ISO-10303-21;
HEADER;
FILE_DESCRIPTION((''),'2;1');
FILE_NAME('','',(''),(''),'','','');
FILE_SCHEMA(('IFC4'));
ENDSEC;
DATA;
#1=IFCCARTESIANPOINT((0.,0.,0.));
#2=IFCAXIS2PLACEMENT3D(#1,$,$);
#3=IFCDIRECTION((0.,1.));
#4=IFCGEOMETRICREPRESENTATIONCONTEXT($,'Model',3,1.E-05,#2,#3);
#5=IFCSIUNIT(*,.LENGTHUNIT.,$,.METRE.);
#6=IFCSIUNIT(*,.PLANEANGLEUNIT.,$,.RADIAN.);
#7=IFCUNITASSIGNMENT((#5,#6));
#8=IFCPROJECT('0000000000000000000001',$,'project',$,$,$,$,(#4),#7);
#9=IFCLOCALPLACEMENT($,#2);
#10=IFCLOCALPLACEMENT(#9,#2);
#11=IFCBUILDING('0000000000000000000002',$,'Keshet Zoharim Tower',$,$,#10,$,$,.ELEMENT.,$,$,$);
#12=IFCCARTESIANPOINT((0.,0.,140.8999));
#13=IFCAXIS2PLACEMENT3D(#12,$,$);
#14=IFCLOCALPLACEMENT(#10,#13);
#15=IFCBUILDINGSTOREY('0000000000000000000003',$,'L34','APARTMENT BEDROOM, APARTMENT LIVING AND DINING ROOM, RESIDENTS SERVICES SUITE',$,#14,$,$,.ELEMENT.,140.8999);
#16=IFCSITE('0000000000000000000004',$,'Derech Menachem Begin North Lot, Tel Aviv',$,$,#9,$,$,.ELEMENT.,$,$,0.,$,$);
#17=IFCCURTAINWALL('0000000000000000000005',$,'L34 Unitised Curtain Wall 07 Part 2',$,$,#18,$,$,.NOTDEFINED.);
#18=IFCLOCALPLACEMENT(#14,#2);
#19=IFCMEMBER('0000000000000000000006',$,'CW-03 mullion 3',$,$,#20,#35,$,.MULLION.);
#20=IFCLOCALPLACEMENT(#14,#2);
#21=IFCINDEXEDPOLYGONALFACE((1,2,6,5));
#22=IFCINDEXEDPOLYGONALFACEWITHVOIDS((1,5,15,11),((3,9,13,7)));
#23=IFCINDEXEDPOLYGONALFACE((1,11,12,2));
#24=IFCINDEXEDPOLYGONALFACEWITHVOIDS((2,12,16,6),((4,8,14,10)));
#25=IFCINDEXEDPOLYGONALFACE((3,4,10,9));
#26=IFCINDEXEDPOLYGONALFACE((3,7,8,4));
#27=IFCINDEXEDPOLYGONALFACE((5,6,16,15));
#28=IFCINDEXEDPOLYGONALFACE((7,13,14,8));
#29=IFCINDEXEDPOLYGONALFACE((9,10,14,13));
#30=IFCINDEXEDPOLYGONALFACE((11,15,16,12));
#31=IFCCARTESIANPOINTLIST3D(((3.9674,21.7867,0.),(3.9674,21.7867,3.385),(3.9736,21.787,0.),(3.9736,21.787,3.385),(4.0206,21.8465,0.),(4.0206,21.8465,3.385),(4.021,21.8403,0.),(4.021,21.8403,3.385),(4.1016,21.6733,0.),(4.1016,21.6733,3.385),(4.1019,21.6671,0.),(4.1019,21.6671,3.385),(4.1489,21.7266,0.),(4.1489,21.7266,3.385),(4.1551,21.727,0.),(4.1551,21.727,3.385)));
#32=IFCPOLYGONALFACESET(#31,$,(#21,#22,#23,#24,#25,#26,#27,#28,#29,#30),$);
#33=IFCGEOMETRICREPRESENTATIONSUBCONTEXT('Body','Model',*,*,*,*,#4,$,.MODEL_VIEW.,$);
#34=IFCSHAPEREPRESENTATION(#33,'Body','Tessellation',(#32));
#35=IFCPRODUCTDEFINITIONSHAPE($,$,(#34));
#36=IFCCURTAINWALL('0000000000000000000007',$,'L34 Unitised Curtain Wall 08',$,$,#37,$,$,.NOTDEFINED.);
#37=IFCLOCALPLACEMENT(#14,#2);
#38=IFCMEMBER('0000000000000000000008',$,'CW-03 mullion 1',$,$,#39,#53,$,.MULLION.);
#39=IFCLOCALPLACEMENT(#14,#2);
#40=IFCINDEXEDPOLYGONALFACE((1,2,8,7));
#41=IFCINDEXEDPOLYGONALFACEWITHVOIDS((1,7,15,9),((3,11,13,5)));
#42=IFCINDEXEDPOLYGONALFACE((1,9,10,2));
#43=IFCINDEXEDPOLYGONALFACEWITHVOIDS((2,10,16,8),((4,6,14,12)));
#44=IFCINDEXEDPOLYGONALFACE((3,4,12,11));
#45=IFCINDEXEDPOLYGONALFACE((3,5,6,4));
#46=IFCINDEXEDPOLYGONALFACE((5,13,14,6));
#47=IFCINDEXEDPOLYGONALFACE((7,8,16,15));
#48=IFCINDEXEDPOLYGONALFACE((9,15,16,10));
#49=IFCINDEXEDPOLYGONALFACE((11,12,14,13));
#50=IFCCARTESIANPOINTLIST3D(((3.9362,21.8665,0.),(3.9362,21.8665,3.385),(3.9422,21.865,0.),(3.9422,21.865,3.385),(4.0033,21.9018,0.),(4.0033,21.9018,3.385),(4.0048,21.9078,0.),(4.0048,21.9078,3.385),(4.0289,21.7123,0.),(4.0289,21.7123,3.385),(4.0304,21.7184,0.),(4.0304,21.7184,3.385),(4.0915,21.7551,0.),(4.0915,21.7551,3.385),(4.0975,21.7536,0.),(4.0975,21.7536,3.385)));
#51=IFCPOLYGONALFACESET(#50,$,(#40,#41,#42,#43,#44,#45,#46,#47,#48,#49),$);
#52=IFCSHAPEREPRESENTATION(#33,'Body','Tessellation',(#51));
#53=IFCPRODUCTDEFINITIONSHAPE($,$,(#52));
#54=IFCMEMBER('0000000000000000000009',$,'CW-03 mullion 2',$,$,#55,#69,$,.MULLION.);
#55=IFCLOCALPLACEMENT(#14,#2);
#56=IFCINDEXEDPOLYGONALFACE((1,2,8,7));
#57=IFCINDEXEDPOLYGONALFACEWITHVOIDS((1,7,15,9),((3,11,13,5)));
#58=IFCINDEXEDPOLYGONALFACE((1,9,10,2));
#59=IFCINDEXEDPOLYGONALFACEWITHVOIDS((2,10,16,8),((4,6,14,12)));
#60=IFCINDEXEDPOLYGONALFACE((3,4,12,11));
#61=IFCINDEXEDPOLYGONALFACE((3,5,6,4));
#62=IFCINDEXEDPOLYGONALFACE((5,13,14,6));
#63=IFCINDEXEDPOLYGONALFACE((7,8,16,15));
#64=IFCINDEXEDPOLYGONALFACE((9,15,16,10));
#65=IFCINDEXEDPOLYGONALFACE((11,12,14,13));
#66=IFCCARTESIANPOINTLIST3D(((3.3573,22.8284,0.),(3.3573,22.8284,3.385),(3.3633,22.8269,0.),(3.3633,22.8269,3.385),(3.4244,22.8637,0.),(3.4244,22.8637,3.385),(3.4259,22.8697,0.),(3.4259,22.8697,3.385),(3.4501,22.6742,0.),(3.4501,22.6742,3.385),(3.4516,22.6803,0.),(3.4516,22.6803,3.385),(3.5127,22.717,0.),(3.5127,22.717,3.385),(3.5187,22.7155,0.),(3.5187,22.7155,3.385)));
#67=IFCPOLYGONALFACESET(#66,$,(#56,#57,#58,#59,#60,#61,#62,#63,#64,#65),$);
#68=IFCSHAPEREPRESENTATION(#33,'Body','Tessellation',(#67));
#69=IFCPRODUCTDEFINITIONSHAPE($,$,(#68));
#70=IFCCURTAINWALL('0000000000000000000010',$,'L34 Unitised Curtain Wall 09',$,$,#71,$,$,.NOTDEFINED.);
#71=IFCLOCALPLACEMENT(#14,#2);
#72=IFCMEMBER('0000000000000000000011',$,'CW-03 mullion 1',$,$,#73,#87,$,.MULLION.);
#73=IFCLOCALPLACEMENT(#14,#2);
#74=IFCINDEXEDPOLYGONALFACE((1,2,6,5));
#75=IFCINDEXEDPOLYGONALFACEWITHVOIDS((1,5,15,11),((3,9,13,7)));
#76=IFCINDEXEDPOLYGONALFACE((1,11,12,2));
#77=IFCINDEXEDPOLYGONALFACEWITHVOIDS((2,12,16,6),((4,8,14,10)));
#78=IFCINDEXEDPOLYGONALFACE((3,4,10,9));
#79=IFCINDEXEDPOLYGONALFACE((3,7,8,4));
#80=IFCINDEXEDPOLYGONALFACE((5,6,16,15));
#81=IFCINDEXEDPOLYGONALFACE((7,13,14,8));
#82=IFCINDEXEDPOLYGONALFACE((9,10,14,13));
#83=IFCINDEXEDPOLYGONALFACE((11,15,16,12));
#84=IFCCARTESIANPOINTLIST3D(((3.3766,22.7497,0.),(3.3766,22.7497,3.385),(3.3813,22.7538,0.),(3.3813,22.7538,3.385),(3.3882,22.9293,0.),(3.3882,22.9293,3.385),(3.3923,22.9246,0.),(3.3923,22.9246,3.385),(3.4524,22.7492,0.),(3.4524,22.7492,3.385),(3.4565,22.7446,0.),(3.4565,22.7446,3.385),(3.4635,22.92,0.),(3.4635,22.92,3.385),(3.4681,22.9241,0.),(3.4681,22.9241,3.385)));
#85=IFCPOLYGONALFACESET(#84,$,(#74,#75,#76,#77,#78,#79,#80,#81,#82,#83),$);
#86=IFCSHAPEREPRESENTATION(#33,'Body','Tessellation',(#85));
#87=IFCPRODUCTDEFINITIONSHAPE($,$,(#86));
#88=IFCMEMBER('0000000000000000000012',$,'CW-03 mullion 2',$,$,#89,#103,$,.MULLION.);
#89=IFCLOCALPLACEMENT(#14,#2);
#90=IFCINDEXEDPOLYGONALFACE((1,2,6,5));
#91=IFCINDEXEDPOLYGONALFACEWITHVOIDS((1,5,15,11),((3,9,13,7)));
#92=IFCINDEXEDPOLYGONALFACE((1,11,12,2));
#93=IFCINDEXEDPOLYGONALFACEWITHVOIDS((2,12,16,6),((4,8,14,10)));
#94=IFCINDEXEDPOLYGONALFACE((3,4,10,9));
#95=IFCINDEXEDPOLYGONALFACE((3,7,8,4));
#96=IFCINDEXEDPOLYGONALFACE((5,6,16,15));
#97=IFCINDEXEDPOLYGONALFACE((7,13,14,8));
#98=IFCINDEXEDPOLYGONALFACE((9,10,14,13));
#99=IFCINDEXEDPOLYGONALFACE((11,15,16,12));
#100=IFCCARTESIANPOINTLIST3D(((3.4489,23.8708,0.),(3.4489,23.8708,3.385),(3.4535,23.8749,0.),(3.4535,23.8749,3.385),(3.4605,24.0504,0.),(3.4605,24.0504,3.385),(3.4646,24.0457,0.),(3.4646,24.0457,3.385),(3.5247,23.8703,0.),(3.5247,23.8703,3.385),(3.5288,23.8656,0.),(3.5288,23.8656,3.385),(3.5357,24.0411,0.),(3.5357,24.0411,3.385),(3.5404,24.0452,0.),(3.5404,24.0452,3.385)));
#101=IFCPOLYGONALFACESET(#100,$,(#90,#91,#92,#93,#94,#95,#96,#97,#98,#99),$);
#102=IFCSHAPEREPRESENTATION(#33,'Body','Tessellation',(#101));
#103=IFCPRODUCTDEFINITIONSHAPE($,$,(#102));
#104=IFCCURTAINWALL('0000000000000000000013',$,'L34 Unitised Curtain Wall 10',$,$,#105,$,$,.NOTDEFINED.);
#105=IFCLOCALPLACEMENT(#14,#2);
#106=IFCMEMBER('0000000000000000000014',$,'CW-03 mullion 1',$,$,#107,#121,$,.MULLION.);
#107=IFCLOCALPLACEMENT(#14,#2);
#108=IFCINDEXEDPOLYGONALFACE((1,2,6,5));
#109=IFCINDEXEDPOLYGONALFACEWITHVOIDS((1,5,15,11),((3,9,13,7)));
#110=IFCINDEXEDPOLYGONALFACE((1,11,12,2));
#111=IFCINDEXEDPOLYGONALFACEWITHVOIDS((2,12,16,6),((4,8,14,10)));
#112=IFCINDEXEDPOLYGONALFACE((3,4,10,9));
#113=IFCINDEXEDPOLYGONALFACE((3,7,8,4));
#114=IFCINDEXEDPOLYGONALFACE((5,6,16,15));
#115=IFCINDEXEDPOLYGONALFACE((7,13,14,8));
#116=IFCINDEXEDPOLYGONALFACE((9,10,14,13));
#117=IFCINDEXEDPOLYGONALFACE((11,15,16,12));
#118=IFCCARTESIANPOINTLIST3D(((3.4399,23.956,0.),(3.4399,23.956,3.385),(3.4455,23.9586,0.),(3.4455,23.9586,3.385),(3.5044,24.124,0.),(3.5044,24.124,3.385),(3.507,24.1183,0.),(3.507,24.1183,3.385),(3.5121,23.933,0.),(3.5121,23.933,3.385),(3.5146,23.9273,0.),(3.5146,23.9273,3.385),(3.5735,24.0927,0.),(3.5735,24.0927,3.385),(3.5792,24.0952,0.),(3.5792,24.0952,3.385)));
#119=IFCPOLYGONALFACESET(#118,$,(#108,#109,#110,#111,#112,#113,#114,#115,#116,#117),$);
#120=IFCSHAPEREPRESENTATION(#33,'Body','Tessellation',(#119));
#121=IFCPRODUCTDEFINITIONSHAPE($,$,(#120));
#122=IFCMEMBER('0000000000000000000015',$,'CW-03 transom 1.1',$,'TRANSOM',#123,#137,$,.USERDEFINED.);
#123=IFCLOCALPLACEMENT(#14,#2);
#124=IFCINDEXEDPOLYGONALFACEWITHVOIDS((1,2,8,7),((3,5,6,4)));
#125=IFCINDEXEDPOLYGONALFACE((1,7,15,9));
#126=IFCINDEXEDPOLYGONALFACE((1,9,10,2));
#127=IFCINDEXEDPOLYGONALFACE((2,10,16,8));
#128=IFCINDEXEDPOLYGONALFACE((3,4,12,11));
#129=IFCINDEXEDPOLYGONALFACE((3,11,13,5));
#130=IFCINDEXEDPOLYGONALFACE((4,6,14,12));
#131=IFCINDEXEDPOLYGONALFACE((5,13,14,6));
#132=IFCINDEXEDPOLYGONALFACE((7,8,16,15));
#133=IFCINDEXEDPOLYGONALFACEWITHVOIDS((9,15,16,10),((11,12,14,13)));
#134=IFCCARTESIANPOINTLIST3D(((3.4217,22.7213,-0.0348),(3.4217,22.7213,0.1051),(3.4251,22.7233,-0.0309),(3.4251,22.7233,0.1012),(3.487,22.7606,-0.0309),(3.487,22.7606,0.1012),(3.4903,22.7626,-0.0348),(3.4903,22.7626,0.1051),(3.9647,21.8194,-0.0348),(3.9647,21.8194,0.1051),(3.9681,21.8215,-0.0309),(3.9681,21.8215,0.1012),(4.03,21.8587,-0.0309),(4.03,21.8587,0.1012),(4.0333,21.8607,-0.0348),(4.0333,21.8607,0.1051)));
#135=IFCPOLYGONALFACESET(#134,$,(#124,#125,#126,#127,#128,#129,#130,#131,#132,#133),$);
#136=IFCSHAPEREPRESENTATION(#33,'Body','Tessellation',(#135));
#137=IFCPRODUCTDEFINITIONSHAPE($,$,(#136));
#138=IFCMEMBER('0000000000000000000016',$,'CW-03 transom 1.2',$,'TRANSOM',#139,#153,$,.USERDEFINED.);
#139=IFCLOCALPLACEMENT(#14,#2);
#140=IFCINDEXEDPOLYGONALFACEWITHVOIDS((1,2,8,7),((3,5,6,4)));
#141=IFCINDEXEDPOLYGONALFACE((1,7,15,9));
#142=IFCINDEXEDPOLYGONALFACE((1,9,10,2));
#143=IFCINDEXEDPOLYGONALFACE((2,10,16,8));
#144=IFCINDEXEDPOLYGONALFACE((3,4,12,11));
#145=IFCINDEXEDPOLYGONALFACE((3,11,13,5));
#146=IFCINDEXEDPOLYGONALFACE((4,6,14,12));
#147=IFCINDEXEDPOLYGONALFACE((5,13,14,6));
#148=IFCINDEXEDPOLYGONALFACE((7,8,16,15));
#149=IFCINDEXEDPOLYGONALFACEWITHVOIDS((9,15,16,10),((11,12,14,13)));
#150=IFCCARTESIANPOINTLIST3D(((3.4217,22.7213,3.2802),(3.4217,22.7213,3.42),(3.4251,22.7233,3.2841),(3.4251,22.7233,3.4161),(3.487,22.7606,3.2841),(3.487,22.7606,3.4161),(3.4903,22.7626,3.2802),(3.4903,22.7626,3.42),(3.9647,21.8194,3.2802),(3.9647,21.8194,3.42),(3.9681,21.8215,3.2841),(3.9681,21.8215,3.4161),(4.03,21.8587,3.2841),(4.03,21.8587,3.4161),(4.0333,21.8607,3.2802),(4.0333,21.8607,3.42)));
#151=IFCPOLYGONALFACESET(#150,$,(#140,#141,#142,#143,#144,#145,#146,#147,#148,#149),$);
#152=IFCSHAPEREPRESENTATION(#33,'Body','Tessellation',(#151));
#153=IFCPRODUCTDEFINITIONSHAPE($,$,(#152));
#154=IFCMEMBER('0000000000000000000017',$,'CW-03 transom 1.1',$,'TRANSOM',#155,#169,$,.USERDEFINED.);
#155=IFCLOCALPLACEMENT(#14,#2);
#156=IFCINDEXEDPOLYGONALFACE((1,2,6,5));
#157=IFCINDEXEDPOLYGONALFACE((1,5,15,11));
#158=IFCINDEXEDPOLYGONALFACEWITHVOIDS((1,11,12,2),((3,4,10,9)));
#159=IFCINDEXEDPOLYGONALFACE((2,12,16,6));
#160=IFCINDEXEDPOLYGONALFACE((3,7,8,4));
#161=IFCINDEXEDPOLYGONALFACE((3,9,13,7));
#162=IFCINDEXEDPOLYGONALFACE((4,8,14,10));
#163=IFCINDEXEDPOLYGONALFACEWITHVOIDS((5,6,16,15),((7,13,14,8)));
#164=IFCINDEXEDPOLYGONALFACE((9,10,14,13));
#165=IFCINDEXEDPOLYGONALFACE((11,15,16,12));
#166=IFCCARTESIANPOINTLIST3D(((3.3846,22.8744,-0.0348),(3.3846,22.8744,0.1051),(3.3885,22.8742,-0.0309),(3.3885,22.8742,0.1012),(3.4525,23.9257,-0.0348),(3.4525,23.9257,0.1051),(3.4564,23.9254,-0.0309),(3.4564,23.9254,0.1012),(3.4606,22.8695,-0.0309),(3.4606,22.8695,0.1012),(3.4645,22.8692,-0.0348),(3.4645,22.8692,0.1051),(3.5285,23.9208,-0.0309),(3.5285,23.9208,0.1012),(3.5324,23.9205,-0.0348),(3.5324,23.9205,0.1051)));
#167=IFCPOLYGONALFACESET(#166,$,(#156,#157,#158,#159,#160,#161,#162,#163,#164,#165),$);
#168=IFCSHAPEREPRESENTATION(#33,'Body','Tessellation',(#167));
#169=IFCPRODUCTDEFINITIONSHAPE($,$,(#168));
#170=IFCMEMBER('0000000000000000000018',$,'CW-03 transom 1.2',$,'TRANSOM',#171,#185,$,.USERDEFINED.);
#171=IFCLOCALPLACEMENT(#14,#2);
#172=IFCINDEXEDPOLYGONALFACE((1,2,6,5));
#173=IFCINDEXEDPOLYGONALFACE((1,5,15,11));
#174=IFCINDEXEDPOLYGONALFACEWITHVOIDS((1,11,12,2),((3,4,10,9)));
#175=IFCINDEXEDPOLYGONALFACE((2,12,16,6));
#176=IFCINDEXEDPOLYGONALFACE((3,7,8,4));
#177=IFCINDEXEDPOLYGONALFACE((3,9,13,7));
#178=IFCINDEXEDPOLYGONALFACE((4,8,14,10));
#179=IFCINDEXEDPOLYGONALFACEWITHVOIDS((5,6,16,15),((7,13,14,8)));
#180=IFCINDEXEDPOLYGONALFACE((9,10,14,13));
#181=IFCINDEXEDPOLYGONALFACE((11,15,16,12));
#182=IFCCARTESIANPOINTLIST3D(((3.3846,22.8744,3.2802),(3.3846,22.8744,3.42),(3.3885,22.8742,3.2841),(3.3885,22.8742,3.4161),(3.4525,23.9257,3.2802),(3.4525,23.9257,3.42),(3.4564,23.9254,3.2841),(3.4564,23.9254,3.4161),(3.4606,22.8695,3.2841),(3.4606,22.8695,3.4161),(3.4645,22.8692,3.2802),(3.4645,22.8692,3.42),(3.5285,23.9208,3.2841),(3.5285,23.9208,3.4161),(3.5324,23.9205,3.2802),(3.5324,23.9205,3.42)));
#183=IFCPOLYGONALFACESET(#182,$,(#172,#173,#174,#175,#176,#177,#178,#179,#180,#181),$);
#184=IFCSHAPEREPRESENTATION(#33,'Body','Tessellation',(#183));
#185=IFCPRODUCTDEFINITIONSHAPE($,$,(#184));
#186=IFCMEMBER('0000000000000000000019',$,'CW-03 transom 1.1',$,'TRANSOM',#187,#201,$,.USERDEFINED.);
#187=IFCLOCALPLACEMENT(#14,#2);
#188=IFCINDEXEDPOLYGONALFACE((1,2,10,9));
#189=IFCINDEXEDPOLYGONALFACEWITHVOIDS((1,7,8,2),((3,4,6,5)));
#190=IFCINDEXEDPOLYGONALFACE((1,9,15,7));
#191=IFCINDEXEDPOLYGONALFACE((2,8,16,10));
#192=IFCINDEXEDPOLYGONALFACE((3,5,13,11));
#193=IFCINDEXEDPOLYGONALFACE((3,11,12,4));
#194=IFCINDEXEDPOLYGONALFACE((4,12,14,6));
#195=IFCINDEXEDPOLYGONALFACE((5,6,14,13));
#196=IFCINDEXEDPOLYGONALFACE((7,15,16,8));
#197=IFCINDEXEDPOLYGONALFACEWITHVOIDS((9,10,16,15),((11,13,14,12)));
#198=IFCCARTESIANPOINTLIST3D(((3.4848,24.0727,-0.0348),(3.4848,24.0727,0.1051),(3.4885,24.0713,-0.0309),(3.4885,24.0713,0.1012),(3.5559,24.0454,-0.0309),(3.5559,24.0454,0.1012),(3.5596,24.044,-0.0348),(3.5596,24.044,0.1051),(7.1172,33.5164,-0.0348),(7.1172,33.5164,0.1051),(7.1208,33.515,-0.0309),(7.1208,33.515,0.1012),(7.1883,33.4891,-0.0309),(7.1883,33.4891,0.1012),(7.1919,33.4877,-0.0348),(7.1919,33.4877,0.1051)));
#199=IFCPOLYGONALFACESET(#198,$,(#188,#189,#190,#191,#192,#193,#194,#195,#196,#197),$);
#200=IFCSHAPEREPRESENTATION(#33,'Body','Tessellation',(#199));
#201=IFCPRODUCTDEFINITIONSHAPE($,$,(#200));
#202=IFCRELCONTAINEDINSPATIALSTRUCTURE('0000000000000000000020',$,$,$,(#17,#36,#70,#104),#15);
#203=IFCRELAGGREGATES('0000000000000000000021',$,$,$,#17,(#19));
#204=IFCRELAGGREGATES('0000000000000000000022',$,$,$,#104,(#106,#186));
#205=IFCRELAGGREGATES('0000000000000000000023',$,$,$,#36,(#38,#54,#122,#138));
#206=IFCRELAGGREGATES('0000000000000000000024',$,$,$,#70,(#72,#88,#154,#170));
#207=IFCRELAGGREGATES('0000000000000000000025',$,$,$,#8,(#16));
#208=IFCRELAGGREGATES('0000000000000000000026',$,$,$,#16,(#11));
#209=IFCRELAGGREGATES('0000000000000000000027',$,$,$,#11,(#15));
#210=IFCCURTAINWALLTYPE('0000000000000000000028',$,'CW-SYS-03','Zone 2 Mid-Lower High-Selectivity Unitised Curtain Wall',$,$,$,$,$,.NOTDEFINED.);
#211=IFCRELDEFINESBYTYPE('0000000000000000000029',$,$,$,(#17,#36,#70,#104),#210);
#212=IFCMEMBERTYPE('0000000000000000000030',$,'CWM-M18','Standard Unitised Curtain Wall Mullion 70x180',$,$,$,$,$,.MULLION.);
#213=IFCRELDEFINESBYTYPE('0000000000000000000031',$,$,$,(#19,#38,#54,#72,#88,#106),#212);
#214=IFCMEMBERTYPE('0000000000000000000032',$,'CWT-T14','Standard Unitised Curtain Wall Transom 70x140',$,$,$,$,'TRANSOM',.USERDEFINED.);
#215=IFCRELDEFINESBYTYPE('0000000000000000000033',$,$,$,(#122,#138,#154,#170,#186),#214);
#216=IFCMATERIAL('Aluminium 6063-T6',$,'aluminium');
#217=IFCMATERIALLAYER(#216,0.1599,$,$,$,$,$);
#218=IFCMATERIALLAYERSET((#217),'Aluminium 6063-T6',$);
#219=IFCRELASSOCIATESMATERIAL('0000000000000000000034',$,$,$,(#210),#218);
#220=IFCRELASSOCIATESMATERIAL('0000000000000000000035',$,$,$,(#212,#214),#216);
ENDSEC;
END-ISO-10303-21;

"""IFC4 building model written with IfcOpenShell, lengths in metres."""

from ifc_helpers import new_model, si_unit, direction, frame, origin, origin_2d, place, context, subcontext, project, spatial, hollow_rectangle, extrude, material, layer, layer_set, material_profile, profile_set, type_object, element, aggregate, save


model = new_model("IFC4")

# Units and contexts
model_context = context("Model", 3, precision=1e-05, world=origin(), true_north=direction((0.0, 1.0)))
body_context = subcontext(model_context, "Body", "Model", "MODEL_VIEW")
ifc_project = project(units=[si_unit("LENGTHUNIT", "METRE"), si_unit("PLANEANGLEUNIT", "RADIAN")], contexts=[model_context])

# Site, building, storey
site_placement = place(None, origin())
site = spatial("IfcSite", under=ifc_project, at=site_placement, Name="Derech Menachem Begin North Lot, Tel Aviv", CompositionType="ELEMENT", RefElevation=0.0)
building_placement = place(site_placement, origin())
building = spatial("IfcBuilding", under=site, at=building_placement, Name="Keshet Zoharim Tower", CompositionType="ELEMENT")
storey_placement = place(building_placement, frame((0.0, 0.0, 140.8999)))
storey = spatial("IfcBuildingStorey", under=building, at=storey_placement, Name="L34", Description="APARTMENT BEDROOM, APARTMENT LIVING AND DINING ROOM, RESIDENTS SERVICES SUITE", CompositionType="ELEMENT", Elevation=140.8999)

# Curtain wall, member
ifc_material_1 = material(Name="Aluminium 6063-T6", Category="aluminium")
ifc_layer_1 = layer(ifc_material_1, 0.1599)
ifc_layer_set_1 = layer_set([ifc_layer_1], Name="Aluminium 6063-T6")
curtain_wall_type = type_object("IfcCurtainWallType", Name="CW-SYS-03", Description="Zone 2 Mid-Lower High-Selectivity Unitised Curtain Wall", PredefinedType="NOTDEFINED", material=ifc_layer_set_1)
curtain_wall_1_placement = place(storey_placement, origin())
curtain_wall_1 = element("IfcCurtainWall", 1, at=curtain_wall_1_placement, inside=storey, type_object=curtain_wall_type, Name="L34 Unitised Curtain Wall 07 Part 2", PredefinedType="NOTDEFINED")
ifc_material_profile_1 = material_profile(ifc_material_1, hollow_rectangle(XDim=0.0801, YDim=0.1799, WallThickness=0.0044, at=origin_2d()), Name="MUL-80x180")
ifc_profile_set_1 = profile_set([ifc_material_profile_1], Name="Aluminium 6063-T6")
member_type_1 = type_object("IfcMemberType", Name="CWM-M18", Description="Standard Unitised Curtain Wall Mullion 70x180", PredefinedType="MULLION", material=ifc_profile_set_1)
member_1_placement = place(storey_placement, frame((4.0613, 21.7568, 0.0), z_axis=(0.0, 0.0, 1.0), x_axis=(-0.664364, -0.74741, 0.0)))
member_1 = element("IfcMember", 2, at=member_1_placement, type_object=member_type_1, Name="CW-03 mullion 3", PredefinedType="MULLION", context=body_context, shape_type="SweptSolid", body=[
    extrude(hollow_rectangle(XDim=0.0801, YDim=0.1799, WallThickness=0.0044, at=origin_2d()), origin(), (0.0, 0.0, 1.0), 3.385),
])
aggregate(curtain_wall_1, [member_1])

# Curtain walls, members
curtain_wall_2_placement = place(storey_placement, origin())
curtain_wall_2 = element("IfcCurtainWall", 3, at=curtain_wall_2_placement, inside=storey, type_object=curtain_wall_type, Name="L34 Unitised Curtain Wall 08", PredefinedType="NOTDEFINED")
member_2_placement = place(storey_placement, frame((4.0168, 21.8101, 0.0), z_axis=(0.0, 0.0, 1.0), x_axis=(-0.856826, -0.515605, 0.0)))
member_2 = element("IfcMember", 4, at=member_2_placement, type_object=member_type_1, Name="CW-03 mullion 1", PredefinedType="MULLION", context=body_context, shape_type="SweptSolid", body=[
    extrude(hollow_rectangle(XDim=0.0801, YDim=0.1799, WallThickness=0.0044, at=origin_2d()), origin(), (0.0, 0.0, 1.0), 3.385),
])
member_3_placement = place(storey_placement, frame((3.438, 22.772, 0.0), z_axis=(0.0, 0.0, 1.0), x_axis=(-0.856826, -0.515605, 0.0)))
member_3 = element("IfcMember", 5, at=member_3_placement, type_object=member_type_1, Name="CW-03 mullion 2", PredefinedType="MULLION", context=body_context, shape_type="SweptSolid", body=[
    extrude(hollow_rectangle(XDim=0.0801, YDim=0.1799, WallThickness=0.0044, at=origin_2d()), origin(), (0.0, 0.0, 1.0), 3.385),
])
curtain_wall_3_placement = place(storey_placement, origin())
curtain_wall_3 = element("IfcCurtainWall", 6, at=curtain_wall_3_placement, inside=storey, type_object=curtain_wall_type, Name="L34 Unitised Curtain Wall 09", PredefinedType="NOTDEFINED")
member_4_placement = place(storey_placement, frame((3.4224, 22.8369, 0.0), z_axis=(0.0, 0.0, 1.0), x_axis=(-0.997917, 0.064517, 0.0)))
member_4 = element("IfcMember", 7, at=member_4_placement, type_object=member_type_1, Name="CW-03 mullion 1", PredefinedType="MULLION", context=body_context, shape_type="SweptSolid", body=[
    extrude(hollow_rectangle(XDim=0.0801, YDim=0.1799, WallThickness=0.0044, at=origin_2d()), origin(), (0.0, 0.0, 1.0), 3.385),
])
member_5_placement = place(storey_placement, frame((3.4946, 23.958, 0.0), z_axis=(0.0, 0.0, 1.0), x_axis=(-0.997917, 0.064517, 0.0)))
member_5 = element("IfcMember", 8, at=member_5_placement, type_object=member_type_1, Name="CW-03 mullion 2", PredefinedType="MULLION", context=body_context, shape_type="SweptSolid", body=[
    extrude(hollow_rectangle(XDim=0.0801, YDim=0.1799, WallThickness=0.0044, at=origin_2d()), origin(), (0.0, 0.0, 1.0), 3.385),
])

# Curtain wall, member
curtain_wall_4_placement = place(storey_placement, origin())
curtain_wall_4 = element("IfcCurtainWall", 9, at=curtain_wall_4_placement, inside=storey, type_object=curtain_wall_type, Name="L34 Unitised Curtain Wall 10", PredefinedType="NOTDEFINED")
member_6_placement = place(storey_placement, frame((3.5095, 24.0256, 0.0), z_axis=(0.0, 0.0, 1.0), x_axis=(-0.933341, 0.35899, 0.0)))
member_6 = element("IfcMember", 10, at=member_6_placement, type_object=member_type_1, Name="CW-03 mullion 1", PredefinedType="MULLION", context=body_context, shape_type="SweptSolid", body=[
    extrude(hollow_rectangle(XDim=0.0801, YDim=0.1799, WallThickness=0.0044, at=origin_2d()), origin(), (0.0, 0.0, 1.0), 3.385),
])

# Members
ifc_material_profile_2 = material_profile(ifc_material_1, hollow_rectangle(XDim=0.0801, YDim=0.1399, WallThickness=0.0039, at=origin_2d()), Name="TRN-80x140")
ifc_profile_set_2 = profile_set([ifc_material_profile_2], Name="Aluminium 6063-T6")
member_type_2 = type_object("IfcMemberType", Name="CWT-T14", Description="Standard Unitised Curtain Wall Transom 70x140", ElementType="TRANSOM", PredefinedType="USERDEFINED", material=ifc_profile_set_2)
member_7_placement = place(storey_placement, frame((3.999, 21.8401, 0.0352), z_axis=(-0.515791, 0.856714, 0.0), x_axis=(-0.856714, -0.515791, 0.0)))
member_7 = element("IfcMember", 11, at=member_7_placement, type_object=member_type_2, Name="CW-03 transom 1.1", ObjectType="TRANSOM", PredefinedType="USERDEFINED", context=body_context, shape_type="SweptSolid", body=[
    extrude(hollow_rectangle(XDim=0.0801, YDim=0.1399, WallThickness=0.0039, at=origin_2d()), origin(), (0.0, 0.0, 1.0), 1.0527),
])
member_8_placement = place(storey_placement, frame((3.999, 21.8401, 3.3501), z_axis=(-0.515791, 0.856714, 0.0), x_axis=(-0.856714, -0.515791, 0.0)))
member_8 = element("IfcMember", 12, at=member_8_placement, type_object=member_type_2, Name="CW-03 transom 1.2", ObjectType="TRANSOM", PredefinedType="USERDEFINED", context=body_context, shape_type="SweptSolid", body=[
    extrude(hollow_rectangle(XDim=0.0801, YDim=0.1399, WallThickness=0.0039, at=origin_2d()), origin(), (0.0, 0.0, 1.0), 1.0527),
])
member_9_placement = place(storey_placement, frame((3.4246, 22.8718, 0.0352), z_axis=(0.064427, 0.997922, 0.0), x_axis=(-0.997922, 0.064427, 0.0)))
member_9 = element("IfcMember", 13, at=member_9_placement, type_object=member_type_2, Name="CW-03 transom 1.1", ObjectType="TRANSOM", PredefinedType="USERDEFINED", context=body_context, shape_type="SweptSolid", body=[
    extrude(hollow_rectangle(XDim=0.0801, YDim=0.1399, WallThickness=0.0039, at=origin_2d()), origin(), (0.0, 0.0, 1.0), 1.0535),
])
member_10_placement = place(storey_placement, frame((3.4246, 22.8718, 3.3501), z_axis=(0.064427, 0.997922, 0.0), x_axis=(-0.997922, 0.064427, 0.0)))
member_10 = element("IfcMember", 14, at=member_10_placement, type_object=member_type_2, Name="CW-03 transom 1.2", ObjectType="TRANSOM", PredefinedType="USERDEFINED", context=body_context, shape_type="SweptSolid", body=[
    extrude(hollow_rectangle(XDim=0.0801, YDim=0.1399, WallThickness=0.0039, at=origin_2d()), origin(), (0.0, 0.0, 1.0), 1.0535),
])
member_11_placement = place(storey_placement, frame((3.5222, 24.0583, 0.0352), z_axis=(0.358994, 0.93334, 0.0), x_axis=(-0.93334, 0.358994, 0.0)))
member_11 = element("IfcMember", 15, at=member_11_placement, type_object=member_type_2, Name="CW-03 transom 1.1", ObjectType="TRANSOM", PredefinedType="USERDEFINED", context=body_context, shape_type="SweptSolid", body=[
    extrude(hollow_rectangle(XDim=0.0801, YDim=0.1399, WallThickness=0.0039, at=origin_2d()), origin(), (0.0, 0.0, 1.0), 10.1182),
])
aggregate(curtain_wall_4, [member_6, member_11])

aggregate(curtain_wall_2, [member_2, member_3, member_7, member_8])
aggregate(curtain_wall_3, [member_4, member_5, member_9, member_10])

save(model, "model.ifc")
